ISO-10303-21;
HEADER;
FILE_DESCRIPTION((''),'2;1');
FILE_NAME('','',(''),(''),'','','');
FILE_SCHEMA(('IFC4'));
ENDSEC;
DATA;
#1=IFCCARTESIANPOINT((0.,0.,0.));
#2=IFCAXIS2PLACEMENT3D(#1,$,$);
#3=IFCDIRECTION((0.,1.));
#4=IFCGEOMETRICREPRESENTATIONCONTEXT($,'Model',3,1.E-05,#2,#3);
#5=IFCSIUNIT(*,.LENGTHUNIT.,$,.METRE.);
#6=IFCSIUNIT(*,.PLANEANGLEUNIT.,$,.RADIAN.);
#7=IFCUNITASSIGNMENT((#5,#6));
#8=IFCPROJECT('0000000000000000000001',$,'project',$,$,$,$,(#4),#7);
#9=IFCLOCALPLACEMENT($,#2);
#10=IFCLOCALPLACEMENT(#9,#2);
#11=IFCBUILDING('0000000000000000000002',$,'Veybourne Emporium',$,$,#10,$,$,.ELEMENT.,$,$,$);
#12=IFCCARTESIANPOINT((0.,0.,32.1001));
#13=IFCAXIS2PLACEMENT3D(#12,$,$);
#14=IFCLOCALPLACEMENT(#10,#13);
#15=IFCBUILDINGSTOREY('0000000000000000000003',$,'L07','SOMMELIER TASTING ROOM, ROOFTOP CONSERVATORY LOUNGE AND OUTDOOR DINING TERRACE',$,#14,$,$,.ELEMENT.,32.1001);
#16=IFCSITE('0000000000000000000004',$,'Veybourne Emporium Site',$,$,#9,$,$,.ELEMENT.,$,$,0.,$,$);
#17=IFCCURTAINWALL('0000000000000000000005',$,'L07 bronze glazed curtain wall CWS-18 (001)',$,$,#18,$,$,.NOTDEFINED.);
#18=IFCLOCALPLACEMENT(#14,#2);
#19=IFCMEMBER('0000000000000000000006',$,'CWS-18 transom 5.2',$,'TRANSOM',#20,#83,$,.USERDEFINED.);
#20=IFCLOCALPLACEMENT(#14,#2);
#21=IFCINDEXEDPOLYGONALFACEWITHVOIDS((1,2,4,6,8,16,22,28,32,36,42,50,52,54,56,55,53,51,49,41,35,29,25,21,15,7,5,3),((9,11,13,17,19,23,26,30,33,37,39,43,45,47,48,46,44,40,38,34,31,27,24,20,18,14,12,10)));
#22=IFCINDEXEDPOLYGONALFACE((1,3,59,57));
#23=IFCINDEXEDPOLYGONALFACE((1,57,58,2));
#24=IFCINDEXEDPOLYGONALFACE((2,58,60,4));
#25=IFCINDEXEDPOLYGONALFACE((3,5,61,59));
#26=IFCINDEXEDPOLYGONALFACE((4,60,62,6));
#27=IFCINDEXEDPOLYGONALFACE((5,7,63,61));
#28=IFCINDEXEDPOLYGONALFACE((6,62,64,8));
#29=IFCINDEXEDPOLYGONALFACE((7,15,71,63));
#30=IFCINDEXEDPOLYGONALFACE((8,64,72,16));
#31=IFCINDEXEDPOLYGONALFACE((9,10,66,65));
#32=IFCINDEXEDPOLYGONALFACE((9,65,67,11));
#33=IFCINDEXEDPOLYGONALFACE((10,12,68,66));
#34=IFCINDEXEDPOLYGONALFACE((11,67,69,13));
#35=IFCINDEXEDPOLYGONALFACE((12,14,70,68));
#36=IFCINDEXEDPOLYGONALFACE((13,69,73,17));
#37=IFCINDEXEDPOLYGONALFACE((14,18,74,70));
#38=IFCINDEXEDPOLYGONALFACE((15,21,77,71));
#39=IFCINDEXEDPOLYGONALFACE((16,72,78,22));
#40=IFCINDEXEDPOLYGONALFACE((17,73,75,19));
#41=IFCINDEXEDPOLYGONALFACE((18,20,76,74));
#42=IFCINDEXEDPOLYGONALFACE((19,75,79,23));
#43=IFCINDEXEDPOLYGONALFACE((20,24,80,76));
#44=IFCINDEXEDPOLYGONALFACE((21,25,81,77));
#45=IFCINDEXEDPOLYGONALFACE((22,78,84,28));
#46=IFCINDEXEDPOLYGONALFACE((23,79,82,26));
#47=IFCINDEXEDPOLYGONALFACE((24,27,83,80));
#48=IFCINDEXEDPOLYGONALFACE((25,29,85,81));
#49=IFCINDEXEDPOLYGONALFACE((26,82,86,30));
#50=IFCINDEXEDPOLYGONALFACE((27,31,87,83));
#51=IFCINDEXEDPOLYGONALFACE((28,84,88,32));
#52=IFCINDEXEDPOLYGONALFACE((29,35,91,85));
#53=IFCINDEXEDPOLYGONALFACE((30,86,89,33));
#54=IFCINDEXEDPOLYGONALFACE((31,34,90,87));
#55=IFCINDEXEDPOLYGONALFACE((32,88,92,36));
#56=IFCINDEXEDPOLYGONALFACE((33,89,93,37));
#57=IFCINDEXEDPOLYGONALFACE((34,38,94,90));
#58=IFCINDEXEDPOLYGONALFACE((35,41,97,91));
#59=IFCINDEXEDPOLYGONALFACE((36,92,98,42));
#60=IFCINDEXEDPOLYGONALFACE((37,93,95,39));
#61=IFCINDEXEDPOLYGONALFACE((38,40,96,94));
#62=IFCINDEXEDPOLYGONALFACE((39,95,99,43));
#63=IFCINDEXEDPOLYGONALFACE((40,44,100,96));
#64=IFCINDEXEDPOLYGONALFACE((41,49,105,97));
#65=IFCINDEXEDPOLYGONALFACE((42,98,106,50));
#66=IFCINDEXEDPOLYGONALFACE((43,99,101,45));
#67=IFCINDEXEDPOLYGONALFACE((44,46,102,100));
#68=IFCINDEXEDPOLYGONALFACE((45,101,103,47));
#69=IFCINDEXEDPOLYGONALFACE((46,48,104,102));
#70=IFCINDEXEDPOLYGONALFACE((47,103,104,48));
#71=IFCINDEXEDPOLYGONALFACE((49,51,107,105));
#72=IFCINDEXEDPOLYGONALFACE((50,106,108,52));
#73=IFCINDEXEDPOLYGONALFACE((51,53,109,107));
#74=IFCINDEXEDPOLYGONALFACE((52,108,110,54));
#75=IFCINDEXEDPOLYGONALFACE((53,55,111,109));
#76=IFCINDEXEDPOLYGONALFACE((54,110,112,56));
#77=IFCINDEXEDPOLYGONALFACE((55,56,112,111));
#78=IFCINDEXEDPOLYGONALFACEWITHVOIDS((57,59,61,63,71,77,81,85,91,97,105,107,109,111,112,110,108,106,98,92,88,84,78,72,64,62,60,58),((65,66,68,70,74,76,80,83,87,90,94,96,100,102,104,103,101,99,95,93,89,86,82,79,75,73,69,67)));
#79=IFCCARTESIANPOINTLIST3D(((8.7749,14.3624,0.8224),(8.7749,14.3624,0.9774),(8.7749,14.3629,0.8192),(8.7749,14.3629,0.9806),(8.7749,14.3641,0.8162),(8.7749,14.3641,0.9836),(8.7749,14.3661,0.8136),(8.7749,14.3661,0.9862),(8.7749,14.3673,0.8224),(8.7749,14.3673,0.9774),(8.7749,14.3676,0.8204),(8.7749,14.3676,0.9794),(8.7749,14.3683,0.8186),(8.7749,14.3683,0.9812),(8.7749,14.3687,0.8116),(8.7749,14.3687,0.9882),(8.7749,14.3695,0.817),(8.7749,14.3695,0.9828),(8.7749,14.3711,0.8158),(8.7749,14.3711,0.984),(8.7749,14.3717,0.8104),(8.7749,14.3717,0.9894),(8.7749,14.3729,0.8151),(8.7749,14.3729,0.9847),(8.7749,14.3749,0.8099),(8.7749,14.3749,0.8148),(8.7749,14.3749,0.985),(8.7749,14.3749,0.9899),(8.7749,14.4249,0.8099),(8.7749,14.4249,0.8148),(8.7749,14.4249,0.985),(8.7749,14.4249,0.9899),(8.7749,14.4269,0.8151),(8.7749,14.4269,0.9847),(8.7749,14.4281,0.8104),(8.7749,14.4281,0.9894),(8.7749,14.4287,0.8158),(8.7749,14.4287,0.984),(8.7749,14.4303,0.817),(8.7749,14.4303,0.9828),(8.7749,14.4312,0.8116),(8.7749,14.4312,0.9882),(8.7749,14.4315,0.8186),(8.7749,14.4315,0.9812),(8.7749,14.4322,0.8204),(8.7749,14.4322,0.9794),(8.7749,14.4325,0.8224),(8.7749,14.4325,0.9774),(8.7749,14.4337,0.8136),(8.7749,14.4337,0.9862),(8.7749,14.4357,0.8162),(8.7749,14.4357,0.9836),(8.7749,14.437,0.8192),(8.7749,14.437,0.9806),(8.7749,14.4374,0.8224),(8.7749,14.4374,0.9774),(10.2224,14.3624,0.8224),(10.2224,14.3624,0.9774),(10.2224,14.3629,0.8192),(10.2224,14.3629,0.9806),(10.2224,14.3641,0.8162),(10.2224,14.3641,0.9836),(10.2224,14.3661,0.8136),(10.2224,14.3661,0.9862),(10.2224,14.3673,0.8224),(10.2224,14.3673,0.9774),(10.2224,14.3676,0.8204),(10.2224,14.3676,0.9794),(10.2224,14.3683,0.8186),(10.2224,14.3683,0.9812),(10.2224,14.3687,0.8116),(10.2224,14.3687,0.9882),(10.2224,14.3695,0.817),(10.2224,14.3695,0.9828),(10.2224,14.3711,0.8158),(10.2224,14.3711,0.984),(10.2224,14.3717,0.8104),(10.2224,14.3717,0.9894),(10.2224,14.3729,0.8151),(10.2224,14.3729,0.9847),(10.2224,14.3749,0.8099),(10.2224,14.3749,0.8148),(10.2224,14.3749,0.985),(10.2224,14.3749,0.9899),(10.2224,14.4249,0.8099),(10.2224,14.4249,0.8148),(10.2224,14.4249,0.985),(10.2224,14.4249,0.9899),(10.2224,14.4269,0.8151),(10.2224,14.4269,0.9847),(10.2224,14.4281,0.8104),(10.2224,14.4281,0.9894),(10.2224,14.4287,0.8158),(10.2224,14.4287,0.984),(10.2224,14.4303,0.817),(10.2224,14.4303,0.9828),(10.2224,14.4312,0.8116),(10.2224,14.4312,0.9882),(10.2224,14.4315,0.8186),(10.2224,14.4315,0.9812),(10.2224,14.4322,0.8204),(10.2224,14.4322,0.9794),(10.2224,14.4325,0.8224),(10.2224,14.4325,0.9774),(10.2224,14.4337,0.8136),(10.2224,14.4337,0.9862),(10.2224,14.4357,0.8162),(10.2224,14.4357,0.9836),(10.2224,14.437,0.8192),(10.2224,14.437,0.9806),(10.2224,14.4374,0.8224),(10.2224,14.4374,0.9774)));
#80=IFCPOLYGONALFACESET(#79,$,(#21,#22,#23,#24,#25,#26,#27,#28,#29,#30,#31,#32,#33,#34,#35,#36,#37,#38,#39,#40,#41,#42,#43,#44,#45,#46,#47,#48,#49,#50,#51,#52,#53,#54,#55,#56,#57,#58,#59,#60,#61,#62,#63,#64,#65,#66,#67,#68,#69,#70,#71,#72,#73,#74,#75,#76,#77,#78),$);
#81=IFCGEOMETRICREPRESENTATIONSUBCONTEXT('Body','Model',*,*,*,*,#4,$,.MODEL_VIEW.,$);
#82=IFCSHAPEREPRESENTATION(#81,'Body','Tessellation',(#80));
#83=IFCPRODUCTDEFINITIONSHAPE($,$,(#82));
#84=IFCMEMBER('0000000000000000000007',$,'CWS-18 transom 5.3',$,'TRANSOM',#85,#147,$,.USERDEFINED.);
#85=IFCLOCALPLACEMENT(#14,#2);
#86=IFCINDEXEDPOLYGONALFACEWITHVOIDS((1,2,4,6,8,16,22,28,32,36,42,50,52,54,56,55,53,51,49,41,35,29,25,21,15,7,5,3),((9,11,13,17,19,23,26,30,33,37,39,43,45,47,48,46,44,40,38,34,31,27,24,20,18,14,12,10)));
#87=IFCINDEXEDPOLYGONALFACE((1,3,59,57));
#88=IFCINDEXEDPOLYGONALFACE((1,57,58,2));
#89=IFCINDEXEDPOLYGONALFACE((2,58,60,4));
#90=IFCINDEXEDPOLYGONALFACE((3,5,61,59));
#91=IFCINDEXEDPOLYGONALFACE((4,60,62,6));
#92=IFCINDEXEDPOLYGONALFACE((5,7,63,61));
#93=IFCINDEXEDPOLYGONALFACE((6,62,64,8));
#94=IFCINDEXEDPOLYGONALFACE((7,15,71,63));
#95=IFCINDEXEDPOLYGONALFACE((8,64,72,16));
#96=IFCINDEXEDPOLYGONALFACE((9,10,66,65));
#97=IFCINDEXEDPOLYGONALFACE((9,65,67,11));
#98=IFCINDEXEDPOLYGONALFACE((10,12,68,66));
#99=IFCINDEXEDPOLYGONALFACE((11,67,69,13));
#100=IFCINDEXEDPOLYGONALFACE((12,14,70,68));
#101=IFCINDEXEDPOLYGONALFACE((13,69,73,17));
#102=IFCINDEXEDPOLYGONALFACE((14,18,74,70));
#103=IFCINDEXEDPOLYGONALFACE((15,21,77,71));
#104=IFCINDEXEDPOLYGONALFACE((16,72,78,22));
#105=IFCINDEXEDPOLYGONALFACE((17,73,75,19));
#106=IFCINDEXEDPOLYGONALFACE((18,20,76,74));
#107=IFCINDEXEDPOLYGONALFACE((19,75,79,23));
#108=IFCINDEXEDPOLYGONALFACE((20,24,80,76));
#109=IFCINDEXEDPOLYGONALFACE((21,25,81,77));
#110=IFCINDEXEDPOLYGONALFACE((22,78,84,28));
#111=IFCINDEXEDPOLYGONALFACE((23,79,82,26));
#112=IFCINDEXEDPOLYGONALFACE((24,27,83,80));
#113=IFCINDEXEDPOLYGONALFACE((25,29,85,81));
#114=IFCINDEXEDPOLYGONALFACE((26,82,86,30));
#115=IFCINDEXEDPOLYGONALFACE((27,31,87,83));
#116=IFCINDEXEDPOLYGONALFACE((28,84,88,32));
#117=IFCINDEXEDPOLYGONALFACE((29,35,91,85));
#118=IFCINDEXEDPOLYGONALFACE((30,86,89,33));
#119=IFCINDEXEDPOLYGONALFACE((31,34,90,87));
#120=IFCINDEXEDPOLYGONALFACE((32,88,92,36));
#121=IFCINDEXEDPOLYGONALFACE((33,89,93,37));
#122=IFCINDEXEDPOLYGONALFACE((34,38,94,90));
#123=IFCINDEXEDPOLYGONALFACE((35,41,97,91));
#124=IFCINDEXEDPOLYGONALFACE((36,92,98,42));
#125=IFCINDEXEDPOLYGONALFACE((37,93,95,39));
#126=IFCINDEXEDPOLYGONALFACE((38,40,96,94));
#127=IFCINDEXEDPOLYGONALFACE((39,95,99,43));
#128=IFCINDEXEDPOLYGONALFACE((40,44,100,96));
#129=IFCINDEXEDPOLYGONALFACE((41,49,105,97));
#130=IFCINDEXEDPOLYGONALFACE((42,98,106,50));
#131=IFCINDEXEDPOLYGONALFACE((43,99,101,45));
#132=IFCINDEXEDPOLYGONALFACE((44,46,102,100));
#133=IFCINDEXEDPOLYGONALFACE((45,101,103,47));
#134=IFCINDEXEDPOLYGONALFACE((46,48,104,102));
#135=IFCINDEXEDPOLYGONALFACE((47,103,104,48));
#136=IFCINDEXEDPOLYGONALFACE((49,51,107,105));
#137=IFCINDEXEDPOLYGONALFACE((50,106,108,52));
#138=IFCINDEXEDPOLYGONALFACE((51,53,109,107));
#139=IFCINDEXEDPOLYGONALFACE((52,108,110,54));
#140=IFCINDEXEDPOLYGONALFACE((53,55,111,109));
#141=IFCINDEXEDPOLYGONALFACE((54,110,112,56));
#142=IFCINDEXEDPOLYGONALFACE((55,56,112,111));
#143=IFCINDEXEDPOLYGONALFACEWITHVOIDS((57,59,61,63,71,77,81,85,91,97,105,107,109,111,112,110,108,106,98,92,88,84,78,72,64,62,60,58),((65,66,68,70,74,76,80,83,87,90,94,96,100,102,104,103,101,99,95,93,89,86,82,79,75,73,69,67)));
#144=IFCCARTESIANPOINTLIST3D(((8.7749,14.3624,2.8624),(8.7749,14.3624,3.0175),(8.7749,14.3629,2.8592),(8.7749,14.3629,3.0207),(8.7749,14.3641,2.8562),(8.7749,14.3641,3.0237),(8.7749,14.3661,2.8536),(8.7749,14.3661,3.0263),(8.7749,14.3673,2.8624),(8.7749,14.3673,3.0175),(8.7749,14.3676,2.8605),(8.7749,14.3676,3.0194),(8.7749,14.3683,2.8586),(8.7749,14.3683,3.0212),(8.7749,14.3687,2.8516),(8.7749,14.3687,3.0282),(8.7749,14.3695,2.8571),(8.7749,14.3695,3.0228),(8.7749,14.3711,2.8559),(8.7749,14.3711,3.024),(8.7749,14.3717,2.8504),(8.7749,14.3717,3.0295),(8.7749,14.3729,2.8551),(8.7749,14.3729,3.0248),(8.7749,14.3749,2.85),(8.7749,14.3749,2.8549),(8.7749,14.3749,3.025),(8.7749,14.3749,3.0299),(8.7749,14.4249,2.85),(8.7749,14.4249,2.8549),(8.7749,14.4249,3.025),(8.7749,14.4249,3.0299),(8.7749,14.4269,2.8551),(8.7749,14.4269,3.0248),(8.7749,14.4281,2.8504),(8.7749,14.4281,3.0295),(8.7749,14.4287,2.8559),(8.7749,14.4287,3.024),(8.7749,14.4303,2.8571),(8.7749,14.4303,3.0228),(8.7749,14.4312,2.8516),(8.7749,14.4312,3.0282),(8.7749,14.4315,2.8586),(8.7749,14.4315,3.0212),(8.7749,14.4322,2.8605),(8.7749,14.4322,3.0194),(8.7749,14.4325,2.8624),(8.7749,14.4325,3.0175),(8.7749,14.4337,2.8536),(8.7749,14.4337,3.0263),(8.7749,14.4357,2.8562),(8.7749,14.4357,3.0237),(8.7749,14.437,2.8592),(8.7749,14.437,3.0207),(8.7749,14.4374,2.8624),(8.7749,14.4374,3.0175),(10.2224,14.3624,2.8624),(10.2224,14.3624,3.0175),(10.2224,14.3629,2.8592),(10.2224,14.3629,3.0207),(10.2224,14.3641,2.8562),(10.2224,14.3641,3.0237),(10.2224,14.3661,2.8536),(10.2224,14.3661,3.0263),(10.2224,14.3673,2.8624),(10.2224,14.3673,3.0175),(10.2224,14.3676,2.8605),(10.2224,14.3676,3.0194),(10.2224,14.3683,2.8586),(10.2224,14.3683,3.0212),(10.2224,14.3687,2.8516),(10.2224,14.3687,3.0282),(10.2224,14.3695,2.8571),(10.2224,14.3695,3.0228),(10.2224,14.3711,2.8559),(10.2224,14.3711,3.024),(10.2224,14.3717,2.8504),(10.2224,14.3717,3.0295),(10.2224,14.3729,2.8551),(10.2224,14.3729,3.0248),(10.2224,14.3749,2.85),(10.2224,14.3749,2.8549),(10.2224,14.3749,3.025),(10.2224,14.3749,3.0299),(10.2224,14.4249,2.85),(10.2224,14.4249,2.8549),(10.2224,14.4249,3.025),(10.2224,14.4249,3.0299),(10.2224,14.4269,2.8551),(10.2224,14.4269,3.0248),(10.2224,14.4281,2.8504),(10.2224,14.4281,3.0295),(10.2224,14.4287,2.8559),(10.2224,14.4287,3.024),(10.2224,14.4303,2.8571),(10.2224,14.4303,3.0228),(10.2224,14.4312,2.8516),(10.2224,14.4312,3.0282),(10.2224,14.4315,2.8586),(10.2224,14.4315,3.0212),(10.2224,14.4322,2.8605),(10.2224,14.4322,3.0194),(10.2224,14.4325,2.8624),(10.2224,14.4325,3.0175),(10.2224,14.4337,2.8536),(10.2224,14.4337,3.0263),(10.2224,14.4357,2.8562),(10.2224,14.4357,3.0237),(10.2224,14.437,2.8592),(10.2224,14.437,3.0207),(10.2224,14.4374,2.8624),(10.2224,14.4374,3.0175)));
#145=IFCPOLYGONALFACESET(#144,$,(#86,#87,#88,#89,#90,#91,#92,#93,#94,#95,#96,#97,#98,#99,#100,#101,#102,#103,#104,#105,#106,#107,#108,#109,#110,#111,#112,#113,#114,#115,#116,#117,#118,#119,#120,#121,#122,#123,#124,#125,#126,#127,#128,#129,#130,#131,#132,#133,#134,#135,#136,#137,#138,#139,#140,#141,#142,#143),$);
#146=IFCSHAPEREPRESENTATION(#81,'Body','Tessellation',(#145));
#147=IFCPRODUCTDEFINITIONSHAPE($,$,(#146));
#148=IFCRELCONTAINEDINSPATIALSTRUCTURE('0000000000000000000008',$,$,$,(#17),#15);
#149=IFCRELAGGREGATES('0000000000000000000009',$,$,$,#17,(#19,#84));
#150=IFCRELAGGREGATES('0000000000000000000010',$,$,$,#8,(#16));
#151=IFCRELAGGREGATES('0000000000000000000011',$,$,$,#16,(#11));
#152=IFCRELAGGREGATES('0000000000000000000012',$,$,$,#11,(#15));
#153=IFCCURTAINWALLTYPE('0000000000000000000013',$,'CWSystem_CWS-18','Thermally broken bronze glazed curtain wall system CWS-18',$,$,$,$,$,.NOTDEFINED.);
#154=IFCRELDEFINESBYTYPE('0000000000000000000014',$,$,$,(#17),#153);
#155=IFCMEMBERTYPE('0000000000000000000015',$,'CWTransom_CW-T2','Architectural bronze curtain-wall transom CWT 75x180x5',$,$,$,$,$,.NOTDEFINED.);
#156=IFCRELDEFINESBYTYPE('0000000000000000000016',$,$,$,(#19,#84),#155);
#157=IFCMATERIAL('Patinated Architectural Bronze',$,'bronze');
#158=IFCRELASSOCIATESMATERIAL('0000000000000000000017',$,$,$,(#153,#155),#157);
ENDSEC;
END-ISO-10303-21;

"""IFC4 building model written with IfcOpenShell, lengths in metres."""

from ifc_helpers import new_model, si_unit, direction, frame, origin, origin_2d, place, context, subcontext, project, spatial, hollow_rectangle, extrude, material, material_profile, profile_set, type_object, element, aggregate, save


model = new_model("IFC4")

# Units and contexts
model_context = context("Model", 3, precision=1e-05, world=origin(), true_north=direction((0.0, 1.0)))
body_context = subcontext(model_context, "Body", "Model", "MODEL_VIEW")
ifc_project = project(units=[si_unit("LENGTHUNIT", "METRE"), si_unit("PLANEANGLEUNIT", "RADIAN")], contexts=[model_context])

# Site, building, storey
site_placement = place(None, origin())
site = spatial("IfcSite", under=ifc_project, at=site_placement, Name="Veybourne Emporium Site", CompositionType="ELEMENT", RefElevation=0.0)
building_placement = place(site_placement, origin())
building = spatial("IfcBuilding", under=site, at=building_placement, Name="Veybourne Emporium", CompositionType="ELEMENT")
storey_placement = place(building_placement, frame((0.0, 0.0, 32.1001)))
storey = spatial("IfcBuildingStorey", under=building, at=storey_placement, Name="L07", Description="SOMMELIER TASTING ROOM, ROOFTOP CONSERVATORY LOUNGE AND OUTDOOR DINING TERRACE", CompositionType="ELEMENT", Elevation=32.1001)

# Curtain wall, members
ifc_material_1 = material(Name="Patinated Architectural Bronze", Category="bronze")
curtain_wall_type = type_object("IfcCurtainWallType", Name="CWSystem_CWS-18", Description="Thermally broken bronze glazed curtain wall system CWS-18", PredefinedType="NOTDEFINED", material=ifc_material_1)
curtain_wall_placement = place(storey_placement, origin())
curtain_wall = element("IfcCurtainWall", 1, at=curtain_wall_placement, inside=storey, type_object=curtain_wall_type, Name="L07 bronze glazed curtain wall CWS-18 (001)", PredefinedType="NOTDEFINED")
ifc_material_profile_1 = material_profile(ifc_material_1, hollow_rectangle(XDim=0.075, YDim=0.1799, WallThickness=0.0049, InnerFilletRadius=0.0076, OuterFilletRadius=0.0125, at=origin_2d()), Name="CWT 75x180x5")
ifc_profile_set_1 = profile_set([ifc_material_profile_1], Name="Patinated Architectural Bronze")
member_type_1 = type_object("IfcMemberType", Name="CWTransom_CW-T2", Description="Architectural bronze curtain-wall transom CWT 75x180x5", PredefinedType="NOTDEFINED", material=ifc_profile_set_1)
member_1_placement = place(storey_placement, frame((10.2224, 14.3999, 0.8999), z_axis=(-1.0, 0.0, 0.0), x_axis=(0.0, -1.0, 0.0)))
member_1 = element("IfcMember", 2, at=member_1_placement, type_object=member_type_1, Name="CWS-18 transom 5.2", ObjectType="TRANSOM", PredefinedType="USERDEFINED", context=body_context, shape_type="SweptSolid", body=[
    extrude(hollow_rectangle(XDim=0.075, YDim=0.1799, WallThickness=0.0049, InnerFilletRadius=0.0076, OuterFilletRadius=0.0125, at=origin_2d()), origin(), (0.0, 0.0, 1.0), 1.4475),
])
member_2_placement = place(storey_placement, frame((10.2224, 14.3999, 2.9399), z_axis=(-1.0, 0.0, 0.0), x_axis=(0.0, -1.0, 0.0)))
member_2 = element("IfcMember", 3, at=member_2_placement, type_object=member_type_1, Name="CWS-18 transom 5.3", ObjectType="TRANSOM", PredefinedType="USERDEFINED", context=body_context, shape_type="SweptSolid", body=[
    extrude(hollow_rectangle(XDim=0.075, YDim=0.1799, WallThickness=0.0049, InnerFilletRadius=0.0076, OuterFilletRadius=0.0125, at=origin_2d()), origin(), (0.0, 0.0, 1.0), 1.4475),
])

aggregate(curtain_wall, [member_1, member_2])

save(model, "model.ifc")
